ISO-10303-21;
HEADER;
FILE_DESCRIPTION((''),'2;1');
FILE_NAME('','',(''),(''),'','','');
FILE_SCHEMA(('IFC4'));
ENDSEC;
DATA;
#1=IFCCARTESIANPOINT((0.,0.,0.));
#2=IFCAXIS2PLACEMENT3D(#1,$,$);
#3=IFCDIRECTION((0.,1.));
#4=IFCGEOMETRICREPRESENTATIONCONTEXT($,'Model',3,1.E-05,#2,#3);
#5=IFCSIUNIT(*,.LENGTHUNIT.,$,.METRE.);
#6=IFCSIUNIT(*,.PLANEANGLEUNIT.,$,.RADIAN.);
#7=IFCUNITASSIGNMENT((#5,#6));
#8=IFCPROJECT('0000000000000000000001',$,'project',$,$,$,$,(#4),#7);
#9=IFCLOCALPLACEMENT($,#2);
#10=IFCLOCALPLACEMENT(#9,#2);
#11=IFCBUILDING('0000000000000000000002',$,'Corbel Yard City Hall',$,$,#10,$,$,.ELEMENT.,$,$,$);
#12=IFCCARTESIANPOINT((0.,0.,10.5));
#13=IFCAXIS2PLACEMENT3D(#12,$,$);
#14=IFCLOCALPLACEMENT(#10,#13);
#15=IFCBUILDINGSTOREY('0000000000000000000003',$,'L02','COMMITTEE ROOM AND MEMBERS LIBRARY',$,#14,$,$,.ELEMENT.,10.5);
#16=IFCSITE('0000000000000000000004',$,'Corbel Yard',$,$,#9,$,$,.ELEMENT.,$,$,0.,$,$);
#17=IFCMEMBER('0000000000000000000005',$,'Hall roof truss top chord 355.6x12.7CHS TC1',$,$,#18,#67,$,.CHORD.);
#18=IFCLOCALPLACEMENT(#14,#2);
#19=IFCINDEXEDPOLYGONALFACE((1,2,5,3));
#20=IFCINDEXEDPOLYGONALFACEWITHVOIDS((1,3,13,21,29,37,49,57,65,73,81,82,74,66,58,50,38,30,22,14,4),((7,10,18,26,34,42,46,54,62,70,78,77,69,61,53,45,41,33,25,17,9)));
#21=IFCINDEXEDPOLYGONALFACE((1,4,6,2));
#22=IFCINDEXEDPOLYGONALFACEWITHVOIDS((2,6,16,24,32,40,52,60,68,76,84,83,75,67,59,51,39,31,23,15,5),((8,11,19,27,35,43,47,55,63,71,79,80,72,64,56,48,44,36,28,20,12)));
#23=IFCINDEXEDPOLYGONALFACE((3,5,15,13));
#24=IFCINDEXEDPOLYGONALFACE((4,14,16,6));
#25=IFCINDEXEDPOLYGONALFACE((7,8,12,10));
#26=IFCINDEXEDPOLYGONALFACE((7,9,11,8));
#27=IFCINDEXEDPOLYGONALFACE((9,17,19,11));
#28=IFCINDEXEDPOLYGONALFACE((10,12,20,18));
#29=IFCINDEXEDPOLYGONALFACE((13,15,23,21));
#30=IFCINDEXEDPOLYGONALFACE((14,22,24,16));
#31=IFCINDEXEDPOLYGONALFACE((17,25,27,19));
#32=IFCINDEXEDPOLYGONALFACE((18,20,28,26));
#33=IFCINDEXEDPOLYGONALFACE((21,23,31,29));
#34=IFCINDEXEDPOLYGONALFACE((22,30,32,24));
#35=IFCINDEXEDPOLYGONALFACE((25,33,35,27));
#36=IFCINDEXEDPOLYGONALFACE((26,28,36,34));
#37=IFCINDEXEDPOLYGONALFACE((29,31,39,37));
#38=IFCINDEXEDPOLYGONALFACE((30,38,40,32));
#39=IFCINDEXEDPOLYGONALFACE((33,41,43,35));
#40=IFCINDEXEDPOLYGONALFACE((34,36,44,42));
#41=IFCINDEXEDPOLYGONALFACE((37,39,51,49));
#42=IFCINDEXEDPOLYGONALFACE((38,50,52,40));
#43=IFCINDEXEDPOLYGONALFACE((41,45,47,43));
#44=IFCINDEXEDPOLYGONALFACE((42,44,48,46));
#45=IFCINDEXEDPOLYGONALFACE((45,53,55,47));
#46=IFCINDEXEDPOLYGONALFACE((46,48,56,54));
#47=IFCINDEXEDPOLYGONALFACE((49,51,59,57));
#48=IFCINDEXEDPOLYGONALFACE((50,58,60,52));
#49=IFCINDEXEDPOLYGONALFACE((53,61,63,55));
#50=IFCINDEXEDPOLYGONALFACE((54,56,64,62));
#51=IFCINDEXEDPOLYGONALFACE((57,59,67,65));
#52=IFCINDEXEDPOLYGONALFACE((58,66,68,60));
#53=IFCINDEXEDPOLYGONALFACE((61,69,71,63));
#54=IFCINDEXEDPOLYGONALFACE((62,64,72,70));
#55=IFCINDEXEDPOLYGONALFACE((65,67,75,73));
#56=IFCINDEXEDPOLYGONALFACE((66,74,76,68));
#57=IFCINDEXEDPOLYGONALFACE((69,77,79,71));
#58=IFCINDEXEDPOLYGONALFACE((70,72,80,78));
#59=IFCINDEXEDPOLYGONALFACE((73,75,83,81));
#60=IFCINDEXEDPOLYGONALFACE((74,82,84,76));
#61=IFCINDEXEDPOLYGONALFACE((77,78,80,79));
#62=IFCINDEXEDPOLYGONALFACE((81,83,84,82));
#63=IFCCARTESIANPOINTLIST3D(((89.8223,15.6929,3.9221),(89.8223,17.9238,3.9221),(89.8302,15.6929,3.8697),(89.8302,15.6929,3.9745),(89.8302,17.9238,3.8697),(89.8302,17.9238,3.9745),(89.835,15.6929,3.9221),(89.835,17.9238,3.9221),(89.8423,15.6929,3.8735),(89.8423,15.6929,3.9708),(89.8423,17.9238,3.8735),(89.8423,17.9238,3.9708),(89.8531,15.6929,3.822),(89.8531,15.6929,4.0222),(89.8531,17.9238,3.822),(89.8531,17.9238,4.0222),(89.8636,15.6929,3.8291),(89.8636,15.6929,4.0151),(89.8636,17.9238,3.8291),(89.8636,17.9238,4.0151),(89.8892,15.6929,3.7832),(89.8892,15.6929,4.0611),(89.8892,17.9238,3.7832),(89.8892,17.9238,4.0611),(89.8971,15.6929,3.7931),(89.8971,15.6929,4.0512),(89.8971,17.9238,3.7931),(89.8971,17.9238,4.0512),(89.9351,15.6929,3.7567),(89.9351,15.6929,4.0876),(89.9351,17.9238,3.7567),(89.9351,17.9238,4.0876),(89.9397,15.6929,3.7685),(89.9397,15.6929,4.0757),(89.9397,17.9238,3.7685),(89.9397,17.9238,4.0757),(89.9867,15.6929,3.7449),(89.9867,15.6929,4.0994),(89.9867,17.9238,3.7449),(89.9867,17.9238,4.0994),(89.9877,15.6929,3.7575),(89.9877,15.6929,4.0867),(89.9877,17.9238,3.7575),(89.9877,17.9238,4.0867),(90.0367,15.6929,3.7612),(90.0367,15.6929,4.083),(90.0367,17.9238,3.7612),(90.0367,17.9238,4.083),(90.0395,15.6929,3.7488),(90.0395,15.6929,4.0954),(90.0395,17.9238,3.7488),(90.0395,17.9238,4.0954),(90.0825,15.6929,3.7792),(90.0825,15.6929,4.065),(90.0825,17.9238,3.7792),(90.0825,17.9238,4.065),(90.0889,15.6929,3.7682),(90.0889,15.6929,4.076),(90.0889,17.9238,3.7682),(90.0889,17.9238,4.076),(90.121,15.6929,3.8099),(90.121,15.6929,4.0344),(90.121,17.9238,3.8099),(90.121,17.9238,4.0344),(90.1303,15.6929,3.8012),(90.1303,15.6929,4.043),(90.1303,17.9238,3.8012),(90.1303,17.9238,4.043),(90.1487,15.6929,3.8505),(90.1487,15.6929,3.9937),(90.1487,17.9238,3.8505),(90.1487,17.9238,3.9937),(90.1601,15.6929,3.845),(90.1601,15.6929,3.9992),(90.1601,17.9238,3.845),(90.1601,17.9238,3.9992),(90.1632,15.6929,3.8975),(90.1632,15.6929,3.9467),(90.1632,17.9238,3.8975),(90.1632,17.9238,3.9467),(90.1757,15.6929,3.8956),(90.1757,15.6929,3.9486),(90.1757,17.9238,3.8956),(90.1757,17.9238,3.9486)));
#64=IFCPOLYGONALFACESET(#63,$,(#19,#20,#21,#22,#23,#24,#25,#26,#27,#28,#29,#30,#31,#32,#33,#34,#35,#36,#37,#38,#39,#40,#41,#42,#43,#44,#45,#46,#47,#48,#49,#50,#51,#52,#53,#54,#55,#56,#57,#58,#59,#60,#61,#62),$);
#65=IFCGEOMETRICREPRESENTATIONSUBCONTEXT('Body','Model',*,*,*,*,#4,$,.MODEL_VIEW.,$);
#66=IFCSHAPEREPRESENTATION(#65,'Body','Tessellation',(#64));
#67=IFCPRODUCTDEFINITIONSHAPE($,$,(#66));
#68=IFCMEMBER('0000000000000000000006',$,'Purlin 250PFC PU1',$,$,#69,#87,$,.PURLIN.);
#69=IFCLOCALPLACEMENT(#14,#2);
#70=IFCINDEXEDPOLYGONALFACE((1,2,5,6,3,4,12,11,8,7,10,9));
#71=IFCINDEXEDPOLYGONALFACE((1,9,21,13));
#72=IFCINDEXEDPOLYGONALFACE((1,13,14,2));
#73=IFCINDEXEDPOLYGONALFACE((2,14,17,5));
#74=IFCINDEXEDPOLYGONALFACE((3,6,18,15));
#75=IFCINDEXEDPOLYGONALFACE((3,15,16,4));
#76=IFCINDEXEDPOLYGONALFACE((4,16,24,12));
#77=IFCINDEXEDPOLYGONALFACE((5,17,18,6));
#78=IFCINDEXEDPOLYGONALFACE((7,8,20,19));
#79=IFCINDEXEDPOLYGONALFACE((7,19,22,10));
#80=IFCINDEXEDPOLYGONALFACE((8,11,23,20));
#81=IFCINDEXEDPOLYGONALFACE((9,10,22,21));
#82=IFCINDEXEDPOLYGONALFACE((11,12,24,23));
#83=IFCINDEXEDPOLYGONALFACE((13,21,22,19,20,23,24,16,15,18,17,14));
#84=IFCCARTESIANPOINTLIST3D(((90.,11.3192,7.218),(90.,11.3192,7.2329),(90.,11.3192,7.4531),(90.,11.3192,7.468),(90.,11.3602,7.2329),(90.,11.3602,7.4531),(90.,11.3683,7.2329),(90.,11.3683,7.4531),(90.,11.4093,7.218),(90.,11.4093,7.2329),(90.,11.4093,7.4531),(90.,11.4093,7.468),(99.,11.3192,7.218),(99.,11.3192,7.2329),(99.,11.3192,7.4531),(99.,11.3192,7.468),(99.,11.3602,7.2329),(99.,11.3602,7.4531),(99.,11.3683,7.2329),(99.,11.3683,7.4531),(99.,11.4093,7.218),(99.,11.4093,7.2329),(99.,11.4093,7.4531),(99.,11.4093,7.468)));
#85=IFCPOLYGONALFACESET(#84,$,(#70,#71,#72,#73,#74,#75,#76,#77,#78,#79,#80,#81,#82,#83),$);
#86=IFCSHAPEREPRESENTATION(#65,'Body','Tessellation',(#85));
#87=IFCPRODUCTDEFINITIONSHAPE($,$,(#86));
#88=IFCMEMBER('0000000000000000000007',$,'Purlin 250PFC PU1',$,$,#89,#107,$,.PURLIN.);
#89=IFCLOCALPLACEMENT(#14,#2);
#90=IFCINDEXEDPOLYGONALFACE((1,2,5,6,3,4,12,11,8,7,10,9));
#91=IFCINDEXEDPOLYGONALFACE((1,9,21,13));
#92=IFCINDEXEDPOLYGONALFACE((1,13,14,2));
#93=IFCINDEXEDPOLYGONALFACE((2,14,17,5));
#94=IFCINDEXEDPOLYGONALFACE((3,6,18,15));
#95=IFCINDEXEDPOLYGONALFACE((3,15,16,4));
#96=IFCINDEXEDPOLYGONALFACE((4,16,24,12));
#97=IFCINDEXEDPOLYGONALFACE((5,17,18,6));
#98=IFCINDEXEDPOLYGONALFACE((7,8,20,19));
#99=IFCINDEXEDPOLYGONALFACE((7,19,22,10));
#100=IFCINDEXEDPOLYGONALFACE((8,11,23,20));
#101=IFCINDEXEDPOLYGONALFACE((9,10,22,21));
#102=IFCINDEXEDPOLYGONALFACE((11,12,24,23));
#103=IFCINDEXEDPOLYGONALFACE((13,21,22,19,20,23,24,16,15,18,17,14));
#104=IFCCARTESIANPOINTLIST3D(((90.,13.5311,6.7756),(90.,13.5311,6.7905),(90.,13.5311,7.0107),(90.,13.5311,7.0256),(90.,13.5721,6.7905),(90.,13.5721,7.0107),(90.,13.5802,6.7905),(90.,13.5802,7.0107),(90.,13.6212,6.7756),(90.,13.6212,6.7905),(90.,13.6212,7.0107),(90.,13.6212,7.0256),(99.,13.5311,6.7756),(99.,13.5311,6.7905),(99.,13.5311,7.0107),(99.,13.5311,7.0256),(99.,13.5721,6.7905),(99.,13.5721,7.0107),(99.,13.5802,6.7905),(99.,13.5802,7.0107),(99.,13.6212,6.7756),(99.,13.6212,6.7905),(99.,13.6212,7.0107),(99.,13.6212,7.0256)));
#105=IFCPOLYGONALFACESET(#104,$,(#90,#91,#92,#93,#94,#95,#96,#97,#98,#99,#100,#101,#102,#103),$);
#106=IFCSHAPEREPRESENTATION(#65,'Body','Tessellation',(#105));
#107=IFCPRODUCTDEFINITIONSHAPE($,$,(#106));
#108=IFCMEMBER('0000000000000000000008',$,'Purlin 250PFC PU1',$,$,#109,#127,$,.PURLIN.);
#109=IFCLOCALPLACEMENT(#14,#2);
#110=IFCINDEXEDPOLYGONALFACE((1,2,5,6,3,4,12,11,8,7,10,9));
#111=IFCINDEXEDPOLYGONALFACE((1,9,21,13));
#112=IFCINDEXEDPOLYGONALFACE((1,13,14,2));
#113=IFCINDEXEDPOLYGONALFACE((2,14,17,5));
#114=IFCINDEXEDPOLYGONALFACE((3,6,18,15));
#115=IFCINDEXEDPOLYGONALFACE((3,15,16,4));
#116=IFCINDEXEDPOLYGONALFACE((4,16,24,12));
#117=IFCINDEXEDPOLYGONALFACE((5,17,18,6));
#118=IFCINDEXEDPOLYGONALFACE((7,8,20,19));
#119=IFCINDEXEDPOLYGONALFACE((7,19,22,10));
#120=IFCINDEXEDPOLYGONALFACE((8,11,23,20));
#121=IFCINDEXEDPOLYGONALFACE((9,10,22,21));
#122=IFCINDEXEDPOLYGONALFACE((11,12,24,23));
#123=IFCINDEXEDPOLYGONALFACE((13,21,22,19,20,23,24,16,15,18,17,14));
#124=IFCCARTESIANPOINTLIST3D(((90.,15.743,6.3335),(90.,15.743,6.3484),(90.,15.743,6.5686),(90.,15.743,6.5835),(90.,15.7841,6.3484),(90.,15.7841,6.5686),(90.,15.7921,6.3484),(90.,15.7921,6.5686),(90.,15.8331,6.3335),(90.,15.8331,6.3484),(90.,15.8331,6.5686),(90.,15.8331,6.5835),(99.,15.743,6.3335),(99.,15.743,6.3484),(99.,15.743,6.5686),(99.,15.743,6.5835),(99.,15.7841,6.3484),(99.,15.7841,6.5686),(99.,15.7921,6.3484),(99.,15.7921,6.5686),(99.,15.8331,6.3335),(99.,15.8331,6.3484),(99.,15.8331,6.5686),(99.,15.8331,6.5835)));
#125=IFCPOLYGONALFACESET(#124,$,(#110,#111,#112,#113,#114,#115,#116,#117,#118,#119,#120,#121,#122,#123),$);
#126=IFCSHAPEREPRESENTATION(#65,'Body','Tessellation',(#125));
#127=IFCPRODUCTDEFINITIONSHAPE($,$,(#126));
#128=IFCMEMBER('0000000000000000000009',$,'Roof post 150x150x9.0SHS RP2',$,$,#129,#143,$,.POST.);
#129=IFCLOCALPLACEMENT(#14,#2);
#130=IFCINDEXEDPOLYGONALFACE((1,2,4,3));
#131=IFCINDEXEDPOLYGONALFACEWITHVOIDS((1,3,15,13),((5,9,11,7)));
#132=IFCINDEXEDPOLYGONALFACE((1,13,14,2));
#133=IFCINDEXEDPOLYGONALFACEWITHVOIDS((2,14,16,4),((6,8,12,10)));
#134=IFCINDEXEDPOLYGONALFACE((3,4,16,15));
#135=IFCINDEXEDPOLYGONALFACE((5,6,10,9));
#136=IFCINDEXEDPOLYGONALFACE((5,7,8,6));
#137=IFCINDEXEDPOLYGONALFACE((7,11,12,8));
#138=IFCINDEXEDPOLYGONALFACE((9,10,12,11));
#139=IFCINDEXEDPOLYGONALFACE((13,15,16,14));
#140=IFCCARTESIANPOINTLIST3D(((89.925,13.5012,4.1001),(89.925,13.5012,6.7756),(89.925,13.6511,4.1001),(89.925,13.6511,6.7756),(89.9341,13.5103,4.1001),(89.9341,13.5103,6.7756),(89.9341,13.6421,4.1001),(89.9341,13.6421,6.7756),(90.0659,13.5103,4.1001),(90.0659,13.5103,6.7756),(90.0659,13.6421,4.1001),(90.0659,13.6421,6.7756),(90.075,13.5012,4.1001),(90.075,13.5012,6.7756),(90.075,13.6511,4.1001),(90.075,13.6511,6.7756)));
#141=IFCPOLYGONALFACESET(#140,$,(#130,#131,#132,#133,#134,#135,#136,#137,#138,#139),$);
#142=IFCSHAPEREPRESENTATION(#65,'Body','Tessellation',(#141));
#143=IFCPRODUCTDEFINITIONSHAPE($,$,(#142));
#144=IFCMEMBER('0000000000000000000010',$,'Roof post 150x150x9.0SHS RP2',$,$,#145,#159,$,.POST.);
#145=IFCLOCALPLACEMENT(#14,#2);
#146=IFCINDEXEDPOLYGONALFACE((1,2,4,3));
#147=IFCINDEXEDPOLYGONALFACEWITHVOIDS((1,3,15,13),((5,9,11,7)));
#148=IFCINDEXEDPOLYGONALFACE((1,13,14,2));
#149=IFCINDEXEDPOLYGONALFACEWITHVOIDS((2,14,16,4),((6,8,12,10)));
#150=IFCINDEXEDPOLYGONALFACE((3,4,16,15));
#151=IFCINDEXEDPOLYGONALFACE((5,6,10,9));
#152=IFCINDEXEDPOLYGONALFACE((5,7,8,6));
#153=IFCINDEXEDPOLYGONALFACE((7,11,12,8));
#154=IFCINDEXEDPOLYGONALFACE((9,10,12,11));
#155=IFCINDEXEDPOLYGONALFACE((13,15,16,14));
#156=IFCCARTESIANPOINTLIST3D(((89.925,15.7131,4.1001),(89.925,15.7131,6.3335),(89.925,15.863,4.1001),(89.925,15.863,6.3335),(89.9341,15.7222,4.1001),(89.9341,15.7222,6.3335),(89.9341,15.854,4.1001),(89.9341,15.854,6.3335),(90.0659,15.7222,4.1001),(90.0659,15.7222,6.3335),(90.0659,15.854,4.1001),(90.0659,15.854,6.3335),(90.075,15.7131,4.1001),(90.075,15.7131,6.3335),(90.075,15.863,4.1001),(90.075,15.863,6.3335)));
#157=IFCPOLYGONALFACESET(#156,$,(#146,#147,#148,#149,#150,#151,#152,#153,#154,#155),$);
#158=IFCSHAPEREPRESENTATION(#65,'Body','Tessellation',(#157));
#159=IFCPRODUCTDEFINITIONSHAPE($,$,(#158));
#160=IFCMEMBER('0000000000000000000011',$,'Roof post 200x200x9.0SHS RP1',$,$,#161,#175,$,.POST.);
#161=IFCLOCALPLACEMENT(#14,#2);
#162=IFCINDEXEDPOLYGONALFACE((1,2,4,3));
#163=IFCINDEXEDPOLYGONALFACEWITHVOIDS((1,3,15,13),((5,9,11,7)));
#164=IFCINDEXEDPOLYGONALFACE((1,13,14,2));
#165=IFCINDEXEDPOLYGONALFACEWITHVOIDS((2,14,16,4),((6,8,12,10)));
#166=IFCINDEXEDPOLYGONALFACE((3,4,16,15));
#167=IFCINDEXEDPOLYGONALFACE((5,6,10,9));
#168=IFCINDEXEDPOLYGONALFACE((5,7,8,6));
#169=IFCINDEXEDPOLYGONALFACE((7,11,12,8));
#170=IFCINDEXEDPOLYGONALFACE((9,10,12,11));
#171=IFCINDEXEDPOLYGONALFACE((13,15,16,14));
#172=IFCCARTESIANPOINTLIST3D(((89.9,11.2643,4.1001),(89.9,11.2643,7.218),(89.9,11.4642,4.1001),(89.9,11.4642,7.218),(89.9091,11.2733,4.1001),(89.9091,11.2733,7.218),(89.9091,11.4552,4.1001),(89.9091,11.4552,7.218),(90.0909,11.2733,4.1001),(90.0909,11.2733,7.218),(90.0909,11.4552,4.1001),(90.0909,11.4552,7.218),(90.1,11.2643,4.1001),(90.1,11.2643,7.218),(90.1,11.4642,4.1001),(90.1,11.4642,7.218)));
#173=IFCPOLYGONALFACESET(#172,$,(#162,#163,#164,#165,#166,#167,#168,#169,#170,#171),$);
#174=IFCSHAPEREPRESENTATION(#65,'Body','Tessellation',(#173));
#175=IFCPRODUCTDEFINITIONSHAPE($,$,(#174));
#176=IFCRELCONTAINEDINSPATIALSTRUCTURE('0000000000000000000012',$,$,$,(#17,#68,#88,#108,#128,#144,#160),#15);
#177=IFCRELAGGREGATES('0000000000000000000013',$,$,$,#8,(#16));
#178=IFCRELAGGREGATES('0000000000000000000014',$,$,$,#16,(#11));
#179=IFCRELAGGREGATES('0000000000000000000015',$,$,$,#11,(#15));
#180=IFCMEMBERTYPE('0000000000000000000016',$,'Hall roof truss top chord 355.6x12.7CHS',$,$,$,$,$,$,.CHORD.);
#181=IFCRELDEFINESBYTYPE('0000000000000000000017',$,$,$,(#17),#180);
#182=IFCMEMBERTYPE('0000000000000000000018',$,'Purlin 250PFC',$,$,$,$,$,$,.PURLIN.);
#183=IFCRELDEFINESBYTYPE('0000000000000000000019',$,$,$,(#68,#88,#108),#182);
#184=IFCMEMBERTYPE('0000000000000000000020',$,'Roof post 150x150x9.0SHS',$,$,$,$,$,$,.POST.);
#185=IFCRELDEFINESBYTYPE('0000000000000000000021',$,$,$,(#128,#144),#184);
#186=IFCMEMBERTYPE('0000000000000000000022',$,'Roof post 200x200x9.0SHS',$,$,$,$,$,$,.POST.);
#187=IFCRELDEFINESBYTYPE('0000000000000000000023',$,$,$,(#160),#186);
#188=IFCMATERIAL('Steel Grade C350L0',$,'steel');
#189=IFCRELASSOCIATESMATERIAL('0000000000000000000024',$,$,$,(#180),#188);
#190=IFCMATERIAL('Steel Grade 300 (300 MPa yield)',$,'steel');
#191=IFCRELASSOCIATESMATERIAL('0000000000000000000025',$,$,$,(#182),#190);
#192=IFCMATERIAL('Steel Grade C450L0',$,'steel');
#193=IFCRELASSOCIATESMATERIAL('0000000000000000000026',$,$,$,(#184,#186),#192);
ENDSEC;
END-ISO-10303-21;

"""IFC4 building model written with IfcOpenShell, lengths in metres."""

from ifc_helpers import new_model, si_unit, direction, frame, origin, origin_2d, place, context, subcontext, project, spatial, hollow_rectangle, hollow_circle, i_section, extrude, material, material_profile, profile_set, type_object, element, save


model = new_model("IFC4")

# Units and contexts
model_context = context("Model", 3, precision=1e-05, world=origin(), true_north=direction((0.0, 1.0)))
body_context = subcontext(model_context, "Body", "Model", "MODEL_VIEW")
ifc_project = project(units=[si_unit("LENGTHUNIT", "METRE"), si_unit("PLANEANGLEUNIT", "RADIAN")], contexts=[model_context])

# Site, building, storey
site_placement = place(None, origin())
site = spatial("IfcSite", under=ifc_project, at=site_placement, Name="Corbel Yard", CompositionType="ELEMENT", RefElevation=0.0)
building_placement = place(site_placement, origin())
building = spatial("IfcBuilding", under=site, at=building_placement, Name="Corbel Yard City Hall", CompositionType="ELEMENT")
storey_placement = place(building_placement, frame((0.0, 0.0, 10.5)))
storey = spatial("IfcBuildingStorey", under=building, at=storey_placement, Name="L02", Description="COMMITTEE ROOM AND MEMBERS LIBRARY", CompositionType="ELEMENT", Elevation=10.5)

# Shared definitions
ifc_material_1 = material(Name="Steel Grade 300 (300 MPa yield)", Category="steel")

# Members
ifc_material_2 = material(Name="Steel Grade C350L0", Category="steel")
ifc_material_profile_1 = material_profile(ifc_material_2, hollow_circle(Radius=0.1777, WallThickness=0.0127, at=origin_2d()), Name="355.6x12.7CHS")
ifc_profile_set_1 = profile_set([ifc_material_profile_1], Name="Steel Grade C350L0")
member_type_1 = type_object("IfcMemberType", Name="Hall roof truss top chord 355.6x12.7CHS", PredefinedType="CHORD", material=ifc_profile_set_1)
for number, where, z_axis, x_axis, name in (
    (1, (90.0, 15.6929, 3.9221), (0.0, 1.0, 0.0), (-1.0, 0.0, 0.0), "Hall roof truss top chord 355.6x12.7CHS TC1"),
):
    element("IfcMember", number, at=place(storey_placement, frame(where, z_axis=z_axis, x_axis=x_axis)), inside=storey, type_object=member_type_1, Name=name, PredefinedType="CHORD", context=body_context, shape_type="SweptSolid", body=[
        extrude(hollow_circle(Radius=0.1777, WallThickness=0.0127, at=origin_2d()), origin(), (0.0, 0.0, 1.0), 2.231),
    ])
ifc_material_profile_2 = material_profile(ifc_material_1, i_section(OverallWidth=0.0901, OverallDepth=0.25, WebThickness=0.0081, FlangeThickness=0.0149, at=origin_2d()), Name="250PFC")
ifc_profile_set_2 = profile_set([ifc_material_profile_2], Name="Steel Grade 300 (300 MPa yield)")
member_type_2 = type_object("IfcMemberType", Name="Purlin 250PFC", PredefinedType="PURLIN", material=ifc_profile_set_2)
for number, where, z_axis, x_axis, name in (
    (2, (90.0, 11.3643, 7.343), (1.0, 0.0, 0.0), (0.0, 1.0, 0.0), "Purlin 250PFC PU1"),
    (3, (90.0, 13.5762, 6.9006), (1.0, 0.0, 0.0), (0.0, 1.0, 0.0), "Purlin 250PFC PU1"),
    (4, (90.0, 15.7881, 6.4585), (1.0, 0.0, 0.0), (0.0, 1.0, 0.0), "Purlin 250PFC PU1"),
):
    element("IfcMember", number, at=place(storey_placement, frame(where, z_axis=z_axis, x_axis=x_axis)), inside=storey, type_object=member_type_2, Name=name, PredefinedType="PURLIN", context=body_context, shape_type="SweptSolid", body=[
        extrude(i_section(OverallWidth=0.0901, OverallDepth=0.25, WebThickness=0.0081, FlangeThickness=0.0149, at=origin_2d()), origin(), (0.0, 0.0, 1.0), 9.0),
    ])
ifc_material_3 = material(Name="Steel Grade C450L0", Category="steel")
ifc_material_profile_3 = material_profile(ifc_material_3, hollow_rectangle(XDim=0.1499, YDim=0.1499, WallThickness=0.009, at=origin_2d()), Name="150x150x9.0SHS")
ifc_profile_set_3 = profile_set([ifc_material_profile_3], Name="Steel Grade C450L0")
member_type_3 = type_object("IfcMemberType", Name="Roof post 150x150x9.0SHS", PredefinedType="POST", material=ifc_profile_set_3)
member_1_placement = place(storey_placement, frame((90.0, 13.5762, 4.1001), z_axis=(0.0, 0.0, 1.0), x_axis=(1.0, 0.0, 0.0)))
element("IfcMember", 5, at=member_1_placement, inside=storey, type_object=member_type_3, Name="Roof post 150x150x9.0SHS RP2", PredefinedType="POST", context=body_context, shape_type="SweptSolid", body=[
    extrude(hollow_rectangle(XDim=0.1499, YDim=0.1499, WallThickness=0.009, at=origin_2d()), origin(), (0.0, 0.0, 1.0), 2.6755),
])
member_2_placement = place(storey_placement, frame((90.0, 15.7881, 4.1001), z_axis=(0.0, 0.0, 1.0), x_axis=(1.0, 0.0, 0.0)))
element("IfcMember", 6, at=member_2_placement, inside=storey, type_object=member_type_3, Name="Roof post 150x150x9.0SHS RP2", PredefinedType="POST", context=body_context, shape_type="SweptSolid", body=[
    extrude(hollow_rectangle(XDim=0.1499, YDim=0.1499, WallThickness=0.009, at=origin_2d()), origin(), (0.0, 0.0, 1.0), 2.2334),
])
ifc_material_profile_4 = material_profile(ifc_material_3, hollow_rectangle(XDim=0.2, YDim=0.2, WallThickness=0.009, at=origin_2d()), Name="200x200x9.0SHS")
ifc_profile_set_4 = profile_set([ifc_material_profile_4], Name="Steel Grade C450L0")
member_type_4 = type_object("IfcMemberType", Name="Roof post 200x200x9.0SHS", PredefinedType="POST", material=ifc_profile_set_4)
member_3_placement = place(storey_placement, frame((90.0, 11.3643, 4.1001), z_axis=(0.0, 0.0, 1.0), x_axis=(1.0, 0.0, 0.0)))
element("IfcMember", 7, at=member_3_placement, inside=storey, type_object=member_type_4, Name="Roof post 200x200x9.0SHS RP1", PredefinedType="POST", context=body_context, shape_type="SweptSolid", body=[
    extrude(hollow_rectangle(XDim=0.2, YDim=0.2, WallThickness=0.009, at=origin_2d()), origin(), (0.0, 0.0, 1.0), 3.1179),
])

save(model, "model.ifc")
